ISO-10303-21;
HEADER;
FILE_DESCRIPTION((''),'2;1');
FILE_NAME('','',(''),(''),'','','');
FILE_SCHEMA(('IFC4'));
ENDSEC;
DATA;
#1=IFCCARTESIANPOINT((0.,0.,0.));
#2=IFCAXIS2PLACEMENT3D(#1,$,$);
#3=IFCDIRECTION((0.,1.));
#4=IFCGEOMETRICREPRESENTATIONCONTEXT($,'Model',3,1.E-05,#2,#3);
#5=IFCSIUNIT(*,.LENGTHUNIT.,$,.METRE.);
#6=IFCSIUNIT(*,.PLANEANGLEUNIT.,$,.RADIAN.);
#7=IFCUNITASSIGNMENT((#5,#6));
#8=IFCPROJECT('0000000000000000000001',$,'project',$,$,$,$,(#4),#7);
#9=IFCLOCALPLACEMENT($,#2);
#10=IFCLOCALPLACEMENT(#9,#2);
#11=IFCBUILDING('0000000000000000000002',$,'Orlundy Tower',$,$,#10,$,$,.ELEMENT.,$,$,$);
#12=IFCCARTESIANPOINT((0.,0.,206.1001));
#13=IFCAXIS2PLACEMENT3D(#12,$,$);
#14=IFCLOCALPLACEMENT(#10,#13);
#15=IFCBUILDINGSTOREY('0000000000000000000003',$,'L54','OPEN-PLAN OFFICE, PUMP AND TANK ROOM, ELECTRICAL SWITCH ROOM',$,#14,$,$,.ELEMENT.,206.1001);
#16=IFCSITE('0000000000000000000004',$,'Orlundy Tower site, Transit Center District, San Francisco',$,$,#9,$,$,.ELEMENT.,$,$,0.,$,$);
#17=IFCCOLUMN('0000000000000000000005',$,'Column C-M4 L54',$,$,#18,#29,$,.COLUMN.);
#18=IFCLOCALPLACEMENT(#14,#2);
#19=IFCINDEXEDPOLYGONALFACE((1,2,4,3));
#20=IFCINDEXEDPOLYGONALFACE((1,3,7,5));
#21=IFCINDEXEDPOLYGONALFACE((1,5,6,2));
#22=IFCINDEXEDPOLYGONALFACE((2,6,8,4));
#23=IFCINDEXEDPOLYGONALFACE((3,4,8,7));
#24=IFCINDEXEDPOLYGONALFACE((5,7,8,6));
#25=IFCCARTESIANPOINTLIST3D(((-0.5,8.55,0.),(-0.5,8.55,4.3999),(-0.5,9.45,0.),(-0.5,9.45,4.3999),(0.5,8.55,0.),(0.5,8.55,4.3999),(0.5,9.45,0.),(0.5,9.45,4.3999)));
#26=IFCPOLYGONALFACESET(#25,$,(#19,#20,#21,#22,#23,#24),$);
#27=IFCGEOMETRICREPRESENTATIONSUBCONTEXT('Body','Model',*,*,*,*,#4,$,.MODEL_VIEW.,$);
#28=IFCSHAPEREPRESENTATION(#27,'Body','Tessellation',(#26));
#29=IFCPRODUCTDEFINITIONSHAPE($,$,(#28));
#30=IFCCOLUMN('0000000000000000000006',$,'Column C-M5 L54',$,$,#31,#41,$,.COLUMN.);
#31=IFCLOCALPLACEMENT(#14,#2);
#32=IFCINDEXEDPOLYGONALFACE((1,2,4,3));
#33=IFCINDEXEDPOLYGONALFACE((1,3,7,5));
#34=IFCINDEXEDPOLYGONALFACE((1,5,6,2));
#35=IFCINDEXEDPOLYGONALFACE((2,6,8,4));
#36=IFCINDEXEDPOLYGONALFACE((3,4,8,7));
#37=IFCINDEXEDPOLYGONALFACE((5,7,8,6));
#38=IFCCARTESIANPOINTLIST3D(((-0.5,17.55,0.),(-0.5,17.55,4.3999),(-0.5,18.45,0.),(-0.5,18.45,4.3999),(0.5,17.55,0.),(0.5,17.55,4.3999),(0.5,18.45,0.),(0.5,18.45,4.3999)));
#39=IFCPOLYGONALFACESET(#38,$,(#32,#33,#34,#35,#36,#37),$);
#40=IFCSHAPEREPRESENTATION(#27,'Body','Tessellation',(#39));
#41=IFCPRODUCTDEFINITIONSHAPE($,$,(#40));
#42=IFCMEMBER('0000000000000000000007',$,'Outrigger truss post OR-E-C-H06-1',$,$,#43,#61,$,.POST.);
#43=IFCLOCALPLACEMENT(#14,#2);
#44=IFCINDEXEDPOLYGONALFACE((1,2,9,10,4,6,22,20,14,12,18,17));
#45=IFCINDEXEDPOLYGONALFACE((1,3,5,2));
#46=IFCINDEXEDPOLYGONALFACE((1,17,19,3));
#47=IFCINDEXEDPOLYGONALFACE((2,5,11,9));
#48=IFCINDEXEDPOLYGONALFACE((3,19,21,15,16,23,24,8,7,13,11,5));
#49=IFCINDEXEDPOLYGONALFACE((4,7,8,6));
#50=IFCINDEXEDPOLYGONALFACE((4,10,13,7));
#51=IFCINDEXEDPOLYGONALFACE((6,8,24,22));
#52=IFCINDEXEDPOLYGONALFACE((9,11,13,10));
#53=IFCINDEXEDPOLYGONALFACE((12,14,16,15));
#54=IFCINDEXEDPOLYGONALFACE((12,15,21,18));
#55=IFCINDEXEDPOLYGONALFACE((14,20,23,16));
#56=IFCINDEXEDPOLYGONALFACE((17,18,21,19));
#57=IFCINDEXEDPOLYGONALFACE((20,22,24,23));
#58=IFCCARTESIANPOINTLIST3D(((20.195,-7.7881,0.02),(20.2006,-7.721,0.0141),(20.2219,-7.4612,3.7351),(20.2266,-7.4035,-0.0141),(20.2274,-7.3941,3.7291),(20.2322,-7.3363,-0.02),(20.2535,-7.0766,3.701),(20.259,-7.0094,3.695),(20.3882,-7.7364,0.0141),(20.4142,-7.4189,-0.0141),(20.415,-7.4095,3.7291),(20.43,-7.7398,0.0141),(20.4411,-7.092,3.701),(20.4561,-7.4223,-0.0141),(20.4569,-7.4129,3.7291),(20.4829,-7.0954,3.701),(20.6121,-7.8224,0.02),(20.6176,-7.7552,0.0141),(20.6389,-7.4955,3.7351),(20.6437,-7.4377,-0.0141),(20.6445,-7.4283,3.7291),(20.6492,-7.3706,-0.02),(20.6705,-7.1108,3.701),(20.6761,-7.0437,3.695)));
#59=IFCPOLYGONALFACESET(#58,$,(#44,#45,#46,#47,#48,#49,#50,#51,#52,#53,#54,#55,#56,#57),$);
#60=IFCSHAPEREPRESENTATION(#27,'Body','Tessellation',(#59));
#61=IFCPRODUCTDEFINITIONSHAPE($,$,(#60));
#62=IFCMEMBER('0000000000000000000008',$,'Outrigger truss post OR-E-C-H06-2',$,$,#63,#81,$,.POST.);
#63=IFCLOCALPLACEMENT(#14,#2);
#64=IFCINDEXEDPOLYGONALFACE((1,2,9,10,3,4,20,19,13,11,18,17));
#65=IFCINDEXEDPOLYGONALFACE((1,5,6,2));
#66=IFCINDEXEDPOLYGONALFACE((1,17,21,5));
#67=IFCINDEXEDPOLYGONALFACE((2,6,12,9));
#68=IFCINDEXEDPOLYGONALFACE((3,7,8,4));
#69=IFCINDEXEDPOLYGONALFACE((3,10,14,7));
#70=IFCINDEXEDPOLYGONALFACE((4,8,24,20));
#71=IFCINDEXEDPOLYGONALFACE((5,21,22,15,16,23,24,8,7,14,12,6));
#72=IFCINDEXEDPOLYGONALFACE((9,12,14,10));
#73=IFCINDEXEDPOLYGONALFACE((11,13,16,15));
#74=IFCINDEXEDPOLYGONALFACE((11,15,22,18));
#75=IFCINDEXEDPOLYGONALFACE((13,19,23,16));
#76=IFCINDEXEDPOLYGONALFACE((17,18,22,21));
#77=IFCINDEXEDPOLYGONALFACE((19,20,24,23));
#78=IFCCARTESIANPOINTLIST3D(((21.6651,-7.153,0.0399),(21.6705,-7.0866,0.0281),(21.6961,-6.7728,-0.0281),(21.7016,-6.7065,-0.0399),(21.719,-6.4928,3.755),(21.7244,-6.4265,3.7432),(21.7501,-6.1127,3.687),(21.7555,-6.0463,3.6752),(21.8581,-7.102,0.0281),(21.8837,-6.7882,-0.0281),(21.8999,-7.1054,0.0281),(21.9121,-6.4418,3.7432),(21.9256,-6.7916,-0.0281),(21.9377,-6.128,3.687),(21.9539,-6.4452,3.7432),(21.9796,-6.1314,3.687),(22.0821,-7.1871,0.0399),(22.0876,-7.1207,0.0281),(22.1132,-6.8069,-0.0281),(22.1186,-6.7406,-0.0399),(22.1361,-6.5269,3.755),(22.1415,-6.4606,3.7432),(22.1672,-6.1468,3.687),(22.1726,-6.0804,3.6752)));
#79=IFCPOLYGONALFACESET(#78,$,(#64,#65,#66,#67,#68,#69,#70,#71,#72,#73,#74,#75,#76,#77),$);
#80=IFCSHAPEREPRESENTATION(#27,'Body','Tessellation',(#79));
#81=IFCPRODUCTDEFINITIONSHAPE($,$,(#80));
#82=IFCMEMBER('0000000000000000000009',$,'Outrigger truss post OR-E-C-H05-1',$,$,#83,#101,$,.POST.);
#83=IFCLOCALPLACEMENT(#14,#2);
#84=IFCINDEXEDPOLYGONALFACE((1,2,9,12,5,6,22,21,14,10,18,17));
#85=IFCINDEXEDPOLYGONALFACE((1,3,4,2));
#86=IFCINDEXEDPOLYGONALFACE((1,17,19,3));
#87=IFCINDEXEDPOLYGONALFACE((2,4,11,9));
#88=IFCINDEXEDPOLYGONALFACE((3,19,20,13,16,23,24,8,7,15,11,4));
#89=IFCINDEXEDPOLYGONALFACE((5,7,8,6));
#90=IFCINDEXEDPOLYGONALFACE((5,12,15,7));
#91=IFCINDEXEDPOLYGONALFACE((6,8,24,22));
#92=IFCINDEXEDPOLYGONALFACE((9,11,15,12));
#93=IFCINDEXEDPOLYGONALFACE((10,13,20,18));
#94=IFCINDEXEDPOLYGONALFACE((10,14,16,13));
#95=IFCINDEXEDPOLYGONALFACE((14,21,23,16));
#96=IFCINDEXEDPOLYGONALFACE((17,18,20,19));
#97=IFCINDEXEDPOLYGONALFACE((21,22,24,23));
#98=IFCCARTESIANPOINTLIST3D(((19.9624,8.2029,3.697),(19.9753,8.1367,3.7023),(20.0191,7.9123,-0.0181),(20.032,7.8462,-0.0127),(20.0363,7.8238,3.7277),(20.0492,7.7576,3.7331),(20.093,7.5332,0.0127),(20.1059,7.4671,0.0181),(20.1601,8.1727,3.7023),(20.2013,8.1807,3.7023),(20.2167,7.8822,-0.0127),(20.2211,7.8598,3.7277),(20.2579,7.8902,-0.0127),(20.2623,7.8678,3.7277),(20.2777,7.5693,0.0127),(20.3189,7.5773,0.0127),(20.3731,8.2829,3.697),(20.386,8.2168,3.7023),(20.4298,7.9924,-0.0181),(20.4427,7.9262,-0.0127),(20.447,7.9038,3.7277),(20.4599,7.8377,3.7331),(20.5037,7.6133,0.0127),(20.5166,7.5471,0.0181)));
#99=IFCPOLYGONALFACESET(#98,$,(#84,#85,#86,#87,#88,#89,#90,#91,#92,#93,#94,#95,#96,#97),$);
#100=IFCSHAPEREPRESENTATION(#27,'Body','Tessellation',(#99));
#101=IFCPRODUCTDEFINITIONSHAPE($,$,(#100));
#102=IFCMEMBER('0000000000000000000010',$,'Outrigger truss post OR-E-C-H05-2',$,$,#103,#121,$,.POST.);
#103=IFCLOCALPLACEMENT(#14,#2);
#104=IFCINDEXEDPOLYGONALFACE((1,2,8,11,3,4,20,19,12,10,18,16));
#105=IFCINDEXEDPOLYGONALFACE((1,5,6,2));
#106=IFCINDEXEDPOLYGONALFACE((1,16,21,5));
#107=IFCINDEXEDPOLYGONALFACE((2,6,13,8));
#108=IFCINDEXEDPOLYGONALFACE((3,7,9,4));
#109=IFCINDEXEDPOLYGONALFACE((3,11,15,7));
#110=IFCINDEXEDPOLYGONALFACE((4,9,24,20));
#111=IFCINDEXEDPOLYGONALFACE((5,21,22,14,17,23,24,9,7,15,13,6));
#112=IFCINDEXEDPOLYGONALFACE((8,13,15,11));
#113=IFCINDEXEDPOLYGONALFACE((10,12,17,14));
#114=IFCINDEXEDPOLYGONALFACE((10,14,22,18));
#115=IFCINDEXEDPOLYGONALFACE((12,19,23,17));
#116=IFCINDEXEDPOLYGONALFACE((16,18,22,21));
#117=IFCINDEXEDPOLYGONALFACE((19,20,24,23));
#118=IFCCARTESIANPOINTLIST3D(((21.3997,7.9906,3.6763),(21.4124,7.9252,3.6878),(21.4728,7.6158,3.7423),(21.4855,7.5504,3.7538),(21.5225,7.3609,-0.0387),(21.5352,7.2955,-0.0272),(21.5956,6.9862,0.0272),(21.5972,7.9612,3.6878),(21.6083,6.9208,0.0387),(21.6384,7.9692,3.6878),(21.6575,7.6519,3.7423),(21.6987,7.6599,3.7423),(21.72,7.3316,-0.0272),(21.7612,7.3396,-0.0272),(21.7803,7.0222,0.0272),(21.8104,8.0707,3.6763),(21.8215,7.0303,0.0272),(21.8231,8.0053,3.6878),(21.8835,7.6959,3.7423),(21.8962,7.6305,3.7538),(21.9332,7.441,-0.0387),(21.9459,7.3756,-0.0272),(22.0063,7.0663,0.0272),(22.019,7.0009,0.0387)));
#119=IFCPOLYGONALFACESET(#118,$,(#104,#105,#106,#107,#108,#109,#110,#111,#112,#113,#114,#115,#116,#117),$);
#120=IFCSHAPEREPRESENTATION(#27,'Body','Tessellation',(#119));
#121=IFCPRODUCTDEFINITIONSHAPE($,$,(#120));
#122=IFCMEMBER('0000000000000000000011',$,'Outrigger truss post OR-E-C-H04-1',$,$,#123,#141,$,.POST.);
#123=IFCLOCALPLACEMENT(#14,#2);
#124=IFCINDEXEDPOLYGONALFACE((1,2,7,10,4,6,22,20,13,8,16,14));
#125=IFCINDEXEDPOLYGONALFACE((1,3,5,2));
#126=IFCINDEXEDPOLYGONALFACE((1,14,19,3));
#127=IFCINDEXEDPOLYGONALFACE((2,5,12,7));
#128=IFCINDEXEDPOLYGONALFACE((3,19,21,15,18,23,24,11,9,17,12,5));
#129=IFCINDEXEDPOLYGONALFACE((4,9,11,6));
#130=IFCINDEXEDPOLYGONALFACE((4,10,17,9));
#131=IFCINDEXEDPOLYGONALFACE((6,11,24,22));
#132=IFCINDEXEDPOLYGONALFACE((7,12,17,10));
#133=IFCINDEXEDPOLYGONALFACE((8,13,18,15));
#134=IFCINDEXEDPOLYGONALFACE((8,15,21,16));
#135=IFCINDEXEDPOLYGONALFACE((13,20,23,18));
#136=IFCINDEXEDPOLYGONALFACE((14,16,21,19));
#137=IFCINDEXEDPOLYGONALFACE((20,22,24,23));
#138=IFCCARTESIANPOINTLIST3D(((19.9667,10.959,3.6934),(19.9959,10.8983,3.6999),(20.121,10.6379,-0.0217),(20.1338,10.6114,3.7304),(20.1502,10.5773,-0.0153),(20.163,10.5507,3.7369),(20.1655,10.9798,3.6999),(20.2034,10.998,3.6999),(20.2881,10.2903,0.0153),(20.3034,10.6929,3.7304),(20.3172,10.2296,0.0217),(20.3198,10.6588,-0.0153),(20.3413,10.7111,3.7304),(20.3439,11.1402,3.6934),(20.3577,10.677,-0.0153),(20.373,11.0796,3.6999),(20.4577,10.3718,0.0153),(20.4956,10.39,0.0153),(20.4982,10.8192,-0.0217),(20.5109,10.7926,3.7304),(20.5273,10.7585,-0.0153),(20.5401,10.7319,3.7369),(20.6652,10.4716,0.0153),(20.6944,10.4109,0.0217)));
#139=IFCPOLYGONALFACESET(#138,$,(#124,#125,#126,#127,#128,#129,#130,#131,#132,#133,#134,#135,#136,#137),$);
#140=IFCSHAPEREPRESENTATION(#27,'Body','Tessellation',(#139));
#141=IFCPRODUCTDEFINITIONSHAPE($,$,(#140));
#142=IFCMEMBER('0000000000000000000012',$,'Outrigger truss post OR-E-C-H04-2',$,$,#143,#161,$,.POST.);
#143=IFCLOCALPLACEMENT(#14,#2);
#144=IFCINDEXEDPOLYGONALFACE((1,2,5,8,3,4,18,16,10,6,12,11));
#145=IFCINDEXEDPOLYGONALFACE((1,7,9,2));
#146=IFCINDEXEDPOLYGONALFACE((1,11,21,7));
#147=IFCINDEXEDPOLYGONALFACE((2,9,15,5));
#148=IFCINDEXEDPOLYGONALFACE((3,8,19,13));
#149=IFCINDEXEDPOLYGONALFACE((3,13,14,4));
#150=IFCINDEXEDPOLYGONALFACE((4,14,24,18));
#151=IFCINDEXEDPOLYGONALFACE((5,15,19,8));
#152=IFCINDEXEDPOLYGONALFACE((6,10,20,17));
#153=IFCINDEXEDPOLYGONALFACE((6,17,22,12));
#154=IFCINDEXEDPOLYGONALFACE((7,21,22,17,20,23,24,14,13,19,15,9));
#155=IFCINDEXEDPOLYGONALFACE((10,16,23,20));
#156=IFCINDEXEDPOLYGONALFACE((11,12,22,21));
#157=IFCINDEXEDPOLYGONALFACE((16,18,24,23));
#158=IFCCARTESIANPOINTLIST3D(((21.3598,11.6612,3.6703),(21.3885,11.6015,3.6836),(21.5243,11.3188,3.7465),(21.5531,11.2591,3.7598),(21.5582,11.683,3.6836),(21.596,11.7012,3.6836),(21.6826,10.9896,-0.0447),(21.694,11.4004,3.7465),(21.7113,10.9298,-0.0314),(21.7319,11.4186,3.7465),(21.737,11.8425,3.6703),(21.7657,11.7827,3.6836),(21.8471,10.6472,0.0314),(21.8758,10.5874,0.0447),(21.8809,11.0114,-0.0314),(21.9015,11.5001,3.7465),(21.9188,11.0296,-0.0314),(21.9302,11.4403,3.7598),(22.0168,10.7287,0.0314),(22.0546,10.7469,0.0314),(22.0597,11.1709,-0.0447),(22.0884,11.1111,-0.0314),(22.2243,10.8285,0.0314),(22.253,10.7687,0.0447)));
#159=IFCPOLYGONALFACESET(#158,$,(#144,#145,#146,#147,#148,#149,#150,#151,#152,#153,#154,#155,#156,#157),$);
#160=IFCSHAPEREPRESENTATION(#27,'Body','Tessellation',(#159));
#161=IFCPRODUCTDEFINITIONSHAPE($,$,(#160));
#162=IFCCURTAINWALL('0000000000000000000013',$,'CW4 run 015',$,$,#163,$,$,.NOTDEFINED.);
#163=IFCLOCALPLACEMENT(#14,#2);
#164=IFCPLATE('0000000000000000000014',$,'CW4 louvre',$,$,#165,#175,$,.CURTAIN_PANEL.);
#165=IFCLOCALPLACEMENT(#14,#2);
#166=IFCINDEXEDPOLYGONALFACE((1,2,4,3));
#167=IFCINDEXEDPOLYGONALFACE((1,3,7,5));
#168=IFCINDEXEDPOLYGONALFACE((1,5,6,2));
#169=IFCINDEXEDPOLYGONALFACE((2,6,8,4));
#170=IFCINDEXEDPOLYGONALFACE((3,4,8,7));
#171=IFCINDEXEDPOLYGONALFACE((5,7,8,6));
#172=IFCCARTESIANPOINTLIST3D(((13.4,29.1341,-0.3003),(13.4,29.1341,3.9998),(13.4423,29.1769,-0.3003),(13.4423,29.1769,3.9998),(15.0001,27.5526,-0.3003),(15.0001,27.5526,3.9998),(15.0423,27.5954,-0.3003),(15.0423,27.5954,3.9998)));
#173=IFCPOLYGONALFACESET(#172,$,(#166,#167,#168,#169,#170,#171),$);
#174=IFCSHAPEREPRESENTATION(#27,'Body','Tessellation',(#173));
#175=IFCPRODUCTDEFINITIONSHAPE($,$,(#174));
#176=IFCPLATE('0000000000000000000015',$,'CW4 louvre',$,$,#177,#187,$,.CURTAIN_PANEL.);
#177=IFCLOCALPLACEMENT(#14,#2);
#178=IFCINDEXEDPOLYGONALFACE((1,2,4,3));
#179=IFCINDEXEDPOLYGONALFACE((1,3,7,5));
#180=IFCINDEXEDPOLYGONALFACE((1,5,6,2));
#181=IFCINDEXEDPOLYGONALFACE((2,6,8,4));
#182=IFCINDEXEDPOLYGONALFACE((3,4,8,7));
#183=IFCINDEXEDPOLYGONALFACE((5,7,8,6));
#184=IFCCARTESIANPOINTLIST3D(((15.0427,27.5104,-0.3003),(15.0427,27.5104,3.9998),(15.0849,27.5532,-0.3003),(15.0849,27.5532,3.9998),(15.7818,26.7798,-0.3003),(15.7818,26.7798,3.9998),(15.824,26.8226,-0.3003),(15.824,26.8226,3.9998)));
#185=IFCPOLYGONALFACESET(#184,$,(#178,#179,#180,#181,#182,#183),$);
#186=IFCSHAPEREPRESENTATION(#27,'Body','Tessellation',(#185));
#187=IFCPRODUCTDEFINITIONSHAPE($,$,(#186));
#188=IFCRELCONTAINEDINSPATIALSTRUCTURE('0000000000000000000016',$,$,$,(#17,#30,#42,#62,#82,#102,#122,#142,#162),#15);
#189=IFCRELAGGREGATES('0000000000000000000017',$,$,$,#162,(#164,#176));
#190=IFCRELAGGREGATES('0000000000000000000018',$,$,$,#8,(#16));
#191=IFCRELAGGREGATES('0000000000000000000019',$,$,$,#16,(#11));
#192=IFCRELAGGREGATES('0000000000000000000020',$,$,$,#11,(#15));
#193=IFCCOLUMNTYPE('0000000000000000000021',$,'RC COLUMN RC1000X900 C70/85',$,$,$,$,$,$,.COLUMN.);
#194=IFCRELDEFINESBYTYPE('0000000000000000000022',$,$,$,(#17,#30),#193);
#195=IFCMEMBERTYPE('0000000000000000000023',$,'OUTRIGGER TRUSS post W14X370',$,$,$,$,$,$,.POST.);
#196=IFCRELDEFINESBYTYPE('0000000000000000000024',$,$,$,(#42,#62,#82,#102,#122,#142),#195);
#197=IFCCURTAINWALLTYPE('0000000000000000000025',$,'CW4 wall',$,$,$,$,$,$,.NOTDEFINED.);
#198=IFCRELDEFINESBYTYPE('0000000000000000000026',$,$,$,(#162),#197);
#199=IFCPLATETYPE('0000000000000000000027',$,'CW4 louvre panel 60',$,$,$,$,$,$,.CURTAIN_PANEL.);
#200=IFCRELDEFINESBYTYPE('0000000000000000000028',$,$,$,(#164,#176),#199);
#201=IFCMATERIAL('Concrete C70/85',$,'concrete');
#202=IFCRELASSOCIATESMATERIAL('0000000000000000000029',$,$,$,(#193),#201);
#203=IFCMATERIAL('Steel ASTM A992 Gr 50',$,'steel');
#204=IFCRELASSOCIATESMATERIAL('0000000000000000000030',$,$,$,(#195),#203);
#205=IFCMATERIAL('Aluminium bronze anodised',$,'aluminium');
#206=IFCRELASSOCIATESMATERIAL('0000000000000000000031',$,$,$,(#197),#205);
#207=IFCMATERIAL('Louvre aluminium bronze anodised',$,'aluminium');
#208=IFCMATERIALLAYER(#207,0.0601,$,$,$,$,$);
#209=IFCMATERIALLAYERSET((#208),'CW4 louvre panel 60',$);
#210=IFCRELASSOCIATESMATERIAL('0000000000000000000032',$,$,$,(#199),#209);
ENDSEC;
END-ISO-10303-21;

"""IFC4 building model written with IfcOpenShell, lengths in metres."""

from ifc_helpers import new_model, si_unit, direction, frame, origin, origin_2d, place, context, subcontext, project, spatial, rectangle, i_section, extrude, material, layer, layer_set, material_profile, profile_set, type_object, element, aggregate, save


model = new_model("IFC4")

# Units and contexts
model_context = context("Model", 3, precision=1e-05, world=origin(), true_north=direction((0.0, 1.0)))
body_context = subcontext(model_context, "Body", "Model", "MODEL_VIEW")
ifc_project = project(units=[si_unit("LENGTHUNIT", "METRE"), si_unit("PLANEANGLEUNIT", "RADIAN")], contexts=[model_context])

# Site, building, storey
site_placement = place(None, origin())
site = spatial("IfcSite", under=ifc_project, at=site_placement, Name="Orlundy Tower site, Transit Center District, San Francisco", CompositionType="ELEMENT", RefElevation=0.0)
building_placement = place(site_placement, origin())
building = spatial("IfcBuilding", under=site, at=building_placement, Name="Orlundy Tower", CompositionType="ELEMENT")
storey_placement = place(building_placement, frame((0.0, 0.0, 206.1001)))
storey = spatial("IfcBuildingStorey", under=building, at=storey_placement, Name="L54", Description="OPEN-PLAN OFFICE, PUMP AND TANK ROOM, ELECTRICAL SWITCH ROOM", CompositionType="ELEMENT", Elevation=206.1001)

# Columns
ifc_material_1 = material(Name="Concrete C70/85", Category="concrete")
ifc_material_profile_1 = material_profile(ifc_material_1, rectangle(XDim=1.0, YDim=0.8999, at=origin_2d()), Name="RC1000X900")
ifc_profile_set_1 = profile_set([ifc_material_profile_1], Name="Concrete C70/85")
column_type = type_object("IfcColumnType", Name="RC COLUMN RC1000X900 C70/85", PredefinedType="COLUMN", material=ifc_profile_set_1)
for number, where, z_axis, x_axis, name in (
    (1, (0.0, 9.0, 0.0), (0.0, 0.0, 1.0), (1.0, 0.0, 0.0), "Column C-M4 L54"),
    (2, (0.0, 18.0, 0.0), (0.0, 0.0, 1.0), (1.0, 0.0, 0.0), "Column C-M5 L54"),
):
    element("IfcColumn", number, at=place(storey_placement, frame(where, z_axis=z_axis, x_axis=x_axis)), inside=storey, type_object=column_type, Name=name, PredefinedType="COLUMN", context=body_context, shape_type="SweptSolid", body=[
        extrude(rectangle(XDim=1.0, YDim=0.8999, at=origin_2d()), origin(), (0.0, 0.0, 1.0), 4.3999),
    ])

# Members
ifc_material_2 = material(Name="Steel ASTM A992 Gr 50", Category="steel")
ifc_material_profile_2 = material_profile(ifc_material_2, i_section(OverallWidth=0.4185, OverallDepth=0.4551, WebThickness=0.042, FlangeThickness=0.0676, at=origin_2d()), Name="W14X370")
ifc_profile_set_2 = profile_set([ifc_material_profile_2], Name="Steel ASTM A992 Gr 50")
member_type = type_object("IfcMemberType", Name="OUTRIGGER TRUSS post W14X370", PredefinedType="POST", material=ifc_profile_set_2)
member_1_placement = place(storey_placement, frame((20.4221, -7.5793, 0.0), z_axis=(0.007201, 0.087653, 0.996125), x_axis=(-0.996643, 0.081875, 0.0)))
element("IfcMember", 3, at=member_1_placement, inside=storey, type_object=member_type, Name="Outrigger truss post OR-E-C-H06-1", PredefinedType="POST", context=body_context, shape_type="SweptSolid", body=[
    extrude(i_section(OverallWidth=0.4185, OverallDepth=0.4551, WebThickness=0.042, FlangeThickness=0.0676, at=origin_2d()), origin(), (0.0, 0.0, 1.0), 3.7295),
])
member_2_placement = place(storey_placement, frame((21.8918, -6.9468, 0.0), z_axis=(0.014298, 0.174937, 0.984476), x_axis=(-0.996677, 0.081459, 0.0)))
element("IfcMember", 4, at=member_2_placement, inside=storey, type_object=member_type, Name="Outrigger truss post OR-E-C-H06-2", PredefinedType="POST", context=body_context, shape_type="SweptSolid", body=[
    extrude(i_section(OverallWidth=0.4185, OverallDepth=0.4551, WebThickness=0.042, FlangeThickness=0.0676, at=origin_2d()), origin(), (0.0, 0.0, 1.0), 3.7737),
])
member_3_placement = place(storey_placement, frame((20.2678, 7.7297, 0.0), z_axis=(-0.015198, 0.077955, 0.996841), x_axis=(-0.981521, -0.191355, 0.0)))
element("IfcMember", 5, at=member_3_placement, inside=storey, type_object=member_type, Name="Outrigger truss post OR-E-C-H05-1", PredefinedType="POST", context=body_context, shape_type="SweptSolid", body=[
    extrude(i_section(OverallWidth=0.4185, OverallDepth=0.4551, WebThickness=0.042, FlangeThickness=0.0676, at=origin_2d()), origin(), (0.0, 0.0, 1.0), 3.7268),
])
member_4_placement = place(storey_placement, frame((21.7708, 7.1809, 0.0), z_axis=(-0.032573, 0.16701, 0.985417), x_axis=(-0.981506, -0.19143, 0.0)))
element("IfcMember", 6, at=member_4_placement, inside=storey, type_object=member_type, Name="Outrigger truss post OR-E-C-H05-2", PredefinedType="POST", context=body_context, shape_type="SweptSolid", body=[
    extrude(i_section(OverallWidth=0.4185, OverallDepth=0.4551, WebThickness=0.042, FlangeThickness=0.0676, at=origin_2d()), origin(), (0.0, 0.0, 1.0), 3.77),
])
member_5_placement = place(storey_placement, frame((20.4077, 10.5244, 0.0), z_axis=(-0.041343, 0.086022, 0.995435), x_axis=(-0.901309, -0.433177, 0.0)))
element("IfcMember", 7, at=member_5_placement, inside=storey, type_object=member_type, Name="Outrigger truss post OR-E-C-H04-1", PredefinedType="POST", context=body_context, shape_type="SweptSolid", body=[
    extrude(i_section(OverallWidth=0.4185, OverallDepth=0.4551, WebThickness=0.042, FlangeThickness=0.0676, at=origin_2d()), origin(), (0.0, 0.0, 1.0), 3.7322),
])
member_6_placement = place(storey_placement, frame((21.9678, 10.8792, 0.0), z_axis=(-0.08518, 0.177254, 0.980472), x_axis=(-0.901329, -0.433136, 0.0)))
element("IfcMember", 8, at=member_6_placement, inside=storey, type_object=member_type, Name="Outrigger truss post OR-E-C-H04-2", PredefinedType="POST", context=body_context, shape_type="SweptSolid", body=[
    extrude(i_section(OverallWidth=0.4185, OverallDepth=0.4551, WebThickness=0.042, FlangeThickness=0.0676, at=origin_2d()), origin(), (0.0, 0.0, 1.0), 3.7891),
])

# Curtain wall, plates
ifc_material_3 = material(Name="Aluminium bronze anodised", Category="aluminium")
curtain_wall_type = type_object("IfcCurtainWallType", Name="CW4 wall", PredefinedType="NOTDEFINED", material=ifc_material_3)
curtain_wall_1_placement = place(storey_placement, origin())
curtain_wall_1 = element("IfcCurtainWall", 9, at=curtain_wall_1_placement, inside=storey, type_object=curtain_wall_type, Name="CW4 run 015", PredefinedType="NOTDEFINED")
ifc_material_4 = material(Name="Louvre aluminium bronze anodised", Category="aluminium")
ifc_layer_1 = layer(ifc_material_4, 0.0601)
ifc_layer_set_1 = layer_set([ifc_layer_1], Name="CW4 louvre panel 60")
plate_type = type_object("IfcPlateType", Name="CW4 louvre panel 60", PredefinedType="CURTAIN_PANEL", material=ifc_layer_set_1)
plate_1_placement = place(storey_placement, frame((14.2212, 28.3647, -0.3003), z_axis=(0.0, 0.0, 1.0), x_axis=(0.711222, -0.702967, 0.0)))
plate_1 = element("IfcPlate", 10, at=plate_1_placement, type_object=plate_type, Name="CW4 louvre", PredefinedType="CURTAIN_PANEL", context=body_context, shape_type="SweptSolid", body=[
    extrude(rectangle(XDim=2.2498, YDim=0.0601, at=origin_2d()), origin(), (0.0, 0.0, 1.0), 4.3),
])
plate_2_placement = place(storey_placement, frame((15.4333, 27.1665, -0.3003), z_axis=(0.0, 0.0, 1.0), x_axis=(0.711222, -0.702967, 0.0)))
plate_2 = element("IfcPlate", 11, at=plate_2_placement, type_object=plate_type, Name="CW4 louvre", PredefinedType="CURTAIN_PANEL", context=body_context, shape_type="SweptSolid", body=[
    extrude(rectangle(XDim=1.0393, YDim=0.0601, at=origin_2d()), origin(), (0.0, 0.0, 1.0), 4.3),
])
aggregate(curtain_wall_1, [plate_1, plate_2])

save(model, "model.ifc")
